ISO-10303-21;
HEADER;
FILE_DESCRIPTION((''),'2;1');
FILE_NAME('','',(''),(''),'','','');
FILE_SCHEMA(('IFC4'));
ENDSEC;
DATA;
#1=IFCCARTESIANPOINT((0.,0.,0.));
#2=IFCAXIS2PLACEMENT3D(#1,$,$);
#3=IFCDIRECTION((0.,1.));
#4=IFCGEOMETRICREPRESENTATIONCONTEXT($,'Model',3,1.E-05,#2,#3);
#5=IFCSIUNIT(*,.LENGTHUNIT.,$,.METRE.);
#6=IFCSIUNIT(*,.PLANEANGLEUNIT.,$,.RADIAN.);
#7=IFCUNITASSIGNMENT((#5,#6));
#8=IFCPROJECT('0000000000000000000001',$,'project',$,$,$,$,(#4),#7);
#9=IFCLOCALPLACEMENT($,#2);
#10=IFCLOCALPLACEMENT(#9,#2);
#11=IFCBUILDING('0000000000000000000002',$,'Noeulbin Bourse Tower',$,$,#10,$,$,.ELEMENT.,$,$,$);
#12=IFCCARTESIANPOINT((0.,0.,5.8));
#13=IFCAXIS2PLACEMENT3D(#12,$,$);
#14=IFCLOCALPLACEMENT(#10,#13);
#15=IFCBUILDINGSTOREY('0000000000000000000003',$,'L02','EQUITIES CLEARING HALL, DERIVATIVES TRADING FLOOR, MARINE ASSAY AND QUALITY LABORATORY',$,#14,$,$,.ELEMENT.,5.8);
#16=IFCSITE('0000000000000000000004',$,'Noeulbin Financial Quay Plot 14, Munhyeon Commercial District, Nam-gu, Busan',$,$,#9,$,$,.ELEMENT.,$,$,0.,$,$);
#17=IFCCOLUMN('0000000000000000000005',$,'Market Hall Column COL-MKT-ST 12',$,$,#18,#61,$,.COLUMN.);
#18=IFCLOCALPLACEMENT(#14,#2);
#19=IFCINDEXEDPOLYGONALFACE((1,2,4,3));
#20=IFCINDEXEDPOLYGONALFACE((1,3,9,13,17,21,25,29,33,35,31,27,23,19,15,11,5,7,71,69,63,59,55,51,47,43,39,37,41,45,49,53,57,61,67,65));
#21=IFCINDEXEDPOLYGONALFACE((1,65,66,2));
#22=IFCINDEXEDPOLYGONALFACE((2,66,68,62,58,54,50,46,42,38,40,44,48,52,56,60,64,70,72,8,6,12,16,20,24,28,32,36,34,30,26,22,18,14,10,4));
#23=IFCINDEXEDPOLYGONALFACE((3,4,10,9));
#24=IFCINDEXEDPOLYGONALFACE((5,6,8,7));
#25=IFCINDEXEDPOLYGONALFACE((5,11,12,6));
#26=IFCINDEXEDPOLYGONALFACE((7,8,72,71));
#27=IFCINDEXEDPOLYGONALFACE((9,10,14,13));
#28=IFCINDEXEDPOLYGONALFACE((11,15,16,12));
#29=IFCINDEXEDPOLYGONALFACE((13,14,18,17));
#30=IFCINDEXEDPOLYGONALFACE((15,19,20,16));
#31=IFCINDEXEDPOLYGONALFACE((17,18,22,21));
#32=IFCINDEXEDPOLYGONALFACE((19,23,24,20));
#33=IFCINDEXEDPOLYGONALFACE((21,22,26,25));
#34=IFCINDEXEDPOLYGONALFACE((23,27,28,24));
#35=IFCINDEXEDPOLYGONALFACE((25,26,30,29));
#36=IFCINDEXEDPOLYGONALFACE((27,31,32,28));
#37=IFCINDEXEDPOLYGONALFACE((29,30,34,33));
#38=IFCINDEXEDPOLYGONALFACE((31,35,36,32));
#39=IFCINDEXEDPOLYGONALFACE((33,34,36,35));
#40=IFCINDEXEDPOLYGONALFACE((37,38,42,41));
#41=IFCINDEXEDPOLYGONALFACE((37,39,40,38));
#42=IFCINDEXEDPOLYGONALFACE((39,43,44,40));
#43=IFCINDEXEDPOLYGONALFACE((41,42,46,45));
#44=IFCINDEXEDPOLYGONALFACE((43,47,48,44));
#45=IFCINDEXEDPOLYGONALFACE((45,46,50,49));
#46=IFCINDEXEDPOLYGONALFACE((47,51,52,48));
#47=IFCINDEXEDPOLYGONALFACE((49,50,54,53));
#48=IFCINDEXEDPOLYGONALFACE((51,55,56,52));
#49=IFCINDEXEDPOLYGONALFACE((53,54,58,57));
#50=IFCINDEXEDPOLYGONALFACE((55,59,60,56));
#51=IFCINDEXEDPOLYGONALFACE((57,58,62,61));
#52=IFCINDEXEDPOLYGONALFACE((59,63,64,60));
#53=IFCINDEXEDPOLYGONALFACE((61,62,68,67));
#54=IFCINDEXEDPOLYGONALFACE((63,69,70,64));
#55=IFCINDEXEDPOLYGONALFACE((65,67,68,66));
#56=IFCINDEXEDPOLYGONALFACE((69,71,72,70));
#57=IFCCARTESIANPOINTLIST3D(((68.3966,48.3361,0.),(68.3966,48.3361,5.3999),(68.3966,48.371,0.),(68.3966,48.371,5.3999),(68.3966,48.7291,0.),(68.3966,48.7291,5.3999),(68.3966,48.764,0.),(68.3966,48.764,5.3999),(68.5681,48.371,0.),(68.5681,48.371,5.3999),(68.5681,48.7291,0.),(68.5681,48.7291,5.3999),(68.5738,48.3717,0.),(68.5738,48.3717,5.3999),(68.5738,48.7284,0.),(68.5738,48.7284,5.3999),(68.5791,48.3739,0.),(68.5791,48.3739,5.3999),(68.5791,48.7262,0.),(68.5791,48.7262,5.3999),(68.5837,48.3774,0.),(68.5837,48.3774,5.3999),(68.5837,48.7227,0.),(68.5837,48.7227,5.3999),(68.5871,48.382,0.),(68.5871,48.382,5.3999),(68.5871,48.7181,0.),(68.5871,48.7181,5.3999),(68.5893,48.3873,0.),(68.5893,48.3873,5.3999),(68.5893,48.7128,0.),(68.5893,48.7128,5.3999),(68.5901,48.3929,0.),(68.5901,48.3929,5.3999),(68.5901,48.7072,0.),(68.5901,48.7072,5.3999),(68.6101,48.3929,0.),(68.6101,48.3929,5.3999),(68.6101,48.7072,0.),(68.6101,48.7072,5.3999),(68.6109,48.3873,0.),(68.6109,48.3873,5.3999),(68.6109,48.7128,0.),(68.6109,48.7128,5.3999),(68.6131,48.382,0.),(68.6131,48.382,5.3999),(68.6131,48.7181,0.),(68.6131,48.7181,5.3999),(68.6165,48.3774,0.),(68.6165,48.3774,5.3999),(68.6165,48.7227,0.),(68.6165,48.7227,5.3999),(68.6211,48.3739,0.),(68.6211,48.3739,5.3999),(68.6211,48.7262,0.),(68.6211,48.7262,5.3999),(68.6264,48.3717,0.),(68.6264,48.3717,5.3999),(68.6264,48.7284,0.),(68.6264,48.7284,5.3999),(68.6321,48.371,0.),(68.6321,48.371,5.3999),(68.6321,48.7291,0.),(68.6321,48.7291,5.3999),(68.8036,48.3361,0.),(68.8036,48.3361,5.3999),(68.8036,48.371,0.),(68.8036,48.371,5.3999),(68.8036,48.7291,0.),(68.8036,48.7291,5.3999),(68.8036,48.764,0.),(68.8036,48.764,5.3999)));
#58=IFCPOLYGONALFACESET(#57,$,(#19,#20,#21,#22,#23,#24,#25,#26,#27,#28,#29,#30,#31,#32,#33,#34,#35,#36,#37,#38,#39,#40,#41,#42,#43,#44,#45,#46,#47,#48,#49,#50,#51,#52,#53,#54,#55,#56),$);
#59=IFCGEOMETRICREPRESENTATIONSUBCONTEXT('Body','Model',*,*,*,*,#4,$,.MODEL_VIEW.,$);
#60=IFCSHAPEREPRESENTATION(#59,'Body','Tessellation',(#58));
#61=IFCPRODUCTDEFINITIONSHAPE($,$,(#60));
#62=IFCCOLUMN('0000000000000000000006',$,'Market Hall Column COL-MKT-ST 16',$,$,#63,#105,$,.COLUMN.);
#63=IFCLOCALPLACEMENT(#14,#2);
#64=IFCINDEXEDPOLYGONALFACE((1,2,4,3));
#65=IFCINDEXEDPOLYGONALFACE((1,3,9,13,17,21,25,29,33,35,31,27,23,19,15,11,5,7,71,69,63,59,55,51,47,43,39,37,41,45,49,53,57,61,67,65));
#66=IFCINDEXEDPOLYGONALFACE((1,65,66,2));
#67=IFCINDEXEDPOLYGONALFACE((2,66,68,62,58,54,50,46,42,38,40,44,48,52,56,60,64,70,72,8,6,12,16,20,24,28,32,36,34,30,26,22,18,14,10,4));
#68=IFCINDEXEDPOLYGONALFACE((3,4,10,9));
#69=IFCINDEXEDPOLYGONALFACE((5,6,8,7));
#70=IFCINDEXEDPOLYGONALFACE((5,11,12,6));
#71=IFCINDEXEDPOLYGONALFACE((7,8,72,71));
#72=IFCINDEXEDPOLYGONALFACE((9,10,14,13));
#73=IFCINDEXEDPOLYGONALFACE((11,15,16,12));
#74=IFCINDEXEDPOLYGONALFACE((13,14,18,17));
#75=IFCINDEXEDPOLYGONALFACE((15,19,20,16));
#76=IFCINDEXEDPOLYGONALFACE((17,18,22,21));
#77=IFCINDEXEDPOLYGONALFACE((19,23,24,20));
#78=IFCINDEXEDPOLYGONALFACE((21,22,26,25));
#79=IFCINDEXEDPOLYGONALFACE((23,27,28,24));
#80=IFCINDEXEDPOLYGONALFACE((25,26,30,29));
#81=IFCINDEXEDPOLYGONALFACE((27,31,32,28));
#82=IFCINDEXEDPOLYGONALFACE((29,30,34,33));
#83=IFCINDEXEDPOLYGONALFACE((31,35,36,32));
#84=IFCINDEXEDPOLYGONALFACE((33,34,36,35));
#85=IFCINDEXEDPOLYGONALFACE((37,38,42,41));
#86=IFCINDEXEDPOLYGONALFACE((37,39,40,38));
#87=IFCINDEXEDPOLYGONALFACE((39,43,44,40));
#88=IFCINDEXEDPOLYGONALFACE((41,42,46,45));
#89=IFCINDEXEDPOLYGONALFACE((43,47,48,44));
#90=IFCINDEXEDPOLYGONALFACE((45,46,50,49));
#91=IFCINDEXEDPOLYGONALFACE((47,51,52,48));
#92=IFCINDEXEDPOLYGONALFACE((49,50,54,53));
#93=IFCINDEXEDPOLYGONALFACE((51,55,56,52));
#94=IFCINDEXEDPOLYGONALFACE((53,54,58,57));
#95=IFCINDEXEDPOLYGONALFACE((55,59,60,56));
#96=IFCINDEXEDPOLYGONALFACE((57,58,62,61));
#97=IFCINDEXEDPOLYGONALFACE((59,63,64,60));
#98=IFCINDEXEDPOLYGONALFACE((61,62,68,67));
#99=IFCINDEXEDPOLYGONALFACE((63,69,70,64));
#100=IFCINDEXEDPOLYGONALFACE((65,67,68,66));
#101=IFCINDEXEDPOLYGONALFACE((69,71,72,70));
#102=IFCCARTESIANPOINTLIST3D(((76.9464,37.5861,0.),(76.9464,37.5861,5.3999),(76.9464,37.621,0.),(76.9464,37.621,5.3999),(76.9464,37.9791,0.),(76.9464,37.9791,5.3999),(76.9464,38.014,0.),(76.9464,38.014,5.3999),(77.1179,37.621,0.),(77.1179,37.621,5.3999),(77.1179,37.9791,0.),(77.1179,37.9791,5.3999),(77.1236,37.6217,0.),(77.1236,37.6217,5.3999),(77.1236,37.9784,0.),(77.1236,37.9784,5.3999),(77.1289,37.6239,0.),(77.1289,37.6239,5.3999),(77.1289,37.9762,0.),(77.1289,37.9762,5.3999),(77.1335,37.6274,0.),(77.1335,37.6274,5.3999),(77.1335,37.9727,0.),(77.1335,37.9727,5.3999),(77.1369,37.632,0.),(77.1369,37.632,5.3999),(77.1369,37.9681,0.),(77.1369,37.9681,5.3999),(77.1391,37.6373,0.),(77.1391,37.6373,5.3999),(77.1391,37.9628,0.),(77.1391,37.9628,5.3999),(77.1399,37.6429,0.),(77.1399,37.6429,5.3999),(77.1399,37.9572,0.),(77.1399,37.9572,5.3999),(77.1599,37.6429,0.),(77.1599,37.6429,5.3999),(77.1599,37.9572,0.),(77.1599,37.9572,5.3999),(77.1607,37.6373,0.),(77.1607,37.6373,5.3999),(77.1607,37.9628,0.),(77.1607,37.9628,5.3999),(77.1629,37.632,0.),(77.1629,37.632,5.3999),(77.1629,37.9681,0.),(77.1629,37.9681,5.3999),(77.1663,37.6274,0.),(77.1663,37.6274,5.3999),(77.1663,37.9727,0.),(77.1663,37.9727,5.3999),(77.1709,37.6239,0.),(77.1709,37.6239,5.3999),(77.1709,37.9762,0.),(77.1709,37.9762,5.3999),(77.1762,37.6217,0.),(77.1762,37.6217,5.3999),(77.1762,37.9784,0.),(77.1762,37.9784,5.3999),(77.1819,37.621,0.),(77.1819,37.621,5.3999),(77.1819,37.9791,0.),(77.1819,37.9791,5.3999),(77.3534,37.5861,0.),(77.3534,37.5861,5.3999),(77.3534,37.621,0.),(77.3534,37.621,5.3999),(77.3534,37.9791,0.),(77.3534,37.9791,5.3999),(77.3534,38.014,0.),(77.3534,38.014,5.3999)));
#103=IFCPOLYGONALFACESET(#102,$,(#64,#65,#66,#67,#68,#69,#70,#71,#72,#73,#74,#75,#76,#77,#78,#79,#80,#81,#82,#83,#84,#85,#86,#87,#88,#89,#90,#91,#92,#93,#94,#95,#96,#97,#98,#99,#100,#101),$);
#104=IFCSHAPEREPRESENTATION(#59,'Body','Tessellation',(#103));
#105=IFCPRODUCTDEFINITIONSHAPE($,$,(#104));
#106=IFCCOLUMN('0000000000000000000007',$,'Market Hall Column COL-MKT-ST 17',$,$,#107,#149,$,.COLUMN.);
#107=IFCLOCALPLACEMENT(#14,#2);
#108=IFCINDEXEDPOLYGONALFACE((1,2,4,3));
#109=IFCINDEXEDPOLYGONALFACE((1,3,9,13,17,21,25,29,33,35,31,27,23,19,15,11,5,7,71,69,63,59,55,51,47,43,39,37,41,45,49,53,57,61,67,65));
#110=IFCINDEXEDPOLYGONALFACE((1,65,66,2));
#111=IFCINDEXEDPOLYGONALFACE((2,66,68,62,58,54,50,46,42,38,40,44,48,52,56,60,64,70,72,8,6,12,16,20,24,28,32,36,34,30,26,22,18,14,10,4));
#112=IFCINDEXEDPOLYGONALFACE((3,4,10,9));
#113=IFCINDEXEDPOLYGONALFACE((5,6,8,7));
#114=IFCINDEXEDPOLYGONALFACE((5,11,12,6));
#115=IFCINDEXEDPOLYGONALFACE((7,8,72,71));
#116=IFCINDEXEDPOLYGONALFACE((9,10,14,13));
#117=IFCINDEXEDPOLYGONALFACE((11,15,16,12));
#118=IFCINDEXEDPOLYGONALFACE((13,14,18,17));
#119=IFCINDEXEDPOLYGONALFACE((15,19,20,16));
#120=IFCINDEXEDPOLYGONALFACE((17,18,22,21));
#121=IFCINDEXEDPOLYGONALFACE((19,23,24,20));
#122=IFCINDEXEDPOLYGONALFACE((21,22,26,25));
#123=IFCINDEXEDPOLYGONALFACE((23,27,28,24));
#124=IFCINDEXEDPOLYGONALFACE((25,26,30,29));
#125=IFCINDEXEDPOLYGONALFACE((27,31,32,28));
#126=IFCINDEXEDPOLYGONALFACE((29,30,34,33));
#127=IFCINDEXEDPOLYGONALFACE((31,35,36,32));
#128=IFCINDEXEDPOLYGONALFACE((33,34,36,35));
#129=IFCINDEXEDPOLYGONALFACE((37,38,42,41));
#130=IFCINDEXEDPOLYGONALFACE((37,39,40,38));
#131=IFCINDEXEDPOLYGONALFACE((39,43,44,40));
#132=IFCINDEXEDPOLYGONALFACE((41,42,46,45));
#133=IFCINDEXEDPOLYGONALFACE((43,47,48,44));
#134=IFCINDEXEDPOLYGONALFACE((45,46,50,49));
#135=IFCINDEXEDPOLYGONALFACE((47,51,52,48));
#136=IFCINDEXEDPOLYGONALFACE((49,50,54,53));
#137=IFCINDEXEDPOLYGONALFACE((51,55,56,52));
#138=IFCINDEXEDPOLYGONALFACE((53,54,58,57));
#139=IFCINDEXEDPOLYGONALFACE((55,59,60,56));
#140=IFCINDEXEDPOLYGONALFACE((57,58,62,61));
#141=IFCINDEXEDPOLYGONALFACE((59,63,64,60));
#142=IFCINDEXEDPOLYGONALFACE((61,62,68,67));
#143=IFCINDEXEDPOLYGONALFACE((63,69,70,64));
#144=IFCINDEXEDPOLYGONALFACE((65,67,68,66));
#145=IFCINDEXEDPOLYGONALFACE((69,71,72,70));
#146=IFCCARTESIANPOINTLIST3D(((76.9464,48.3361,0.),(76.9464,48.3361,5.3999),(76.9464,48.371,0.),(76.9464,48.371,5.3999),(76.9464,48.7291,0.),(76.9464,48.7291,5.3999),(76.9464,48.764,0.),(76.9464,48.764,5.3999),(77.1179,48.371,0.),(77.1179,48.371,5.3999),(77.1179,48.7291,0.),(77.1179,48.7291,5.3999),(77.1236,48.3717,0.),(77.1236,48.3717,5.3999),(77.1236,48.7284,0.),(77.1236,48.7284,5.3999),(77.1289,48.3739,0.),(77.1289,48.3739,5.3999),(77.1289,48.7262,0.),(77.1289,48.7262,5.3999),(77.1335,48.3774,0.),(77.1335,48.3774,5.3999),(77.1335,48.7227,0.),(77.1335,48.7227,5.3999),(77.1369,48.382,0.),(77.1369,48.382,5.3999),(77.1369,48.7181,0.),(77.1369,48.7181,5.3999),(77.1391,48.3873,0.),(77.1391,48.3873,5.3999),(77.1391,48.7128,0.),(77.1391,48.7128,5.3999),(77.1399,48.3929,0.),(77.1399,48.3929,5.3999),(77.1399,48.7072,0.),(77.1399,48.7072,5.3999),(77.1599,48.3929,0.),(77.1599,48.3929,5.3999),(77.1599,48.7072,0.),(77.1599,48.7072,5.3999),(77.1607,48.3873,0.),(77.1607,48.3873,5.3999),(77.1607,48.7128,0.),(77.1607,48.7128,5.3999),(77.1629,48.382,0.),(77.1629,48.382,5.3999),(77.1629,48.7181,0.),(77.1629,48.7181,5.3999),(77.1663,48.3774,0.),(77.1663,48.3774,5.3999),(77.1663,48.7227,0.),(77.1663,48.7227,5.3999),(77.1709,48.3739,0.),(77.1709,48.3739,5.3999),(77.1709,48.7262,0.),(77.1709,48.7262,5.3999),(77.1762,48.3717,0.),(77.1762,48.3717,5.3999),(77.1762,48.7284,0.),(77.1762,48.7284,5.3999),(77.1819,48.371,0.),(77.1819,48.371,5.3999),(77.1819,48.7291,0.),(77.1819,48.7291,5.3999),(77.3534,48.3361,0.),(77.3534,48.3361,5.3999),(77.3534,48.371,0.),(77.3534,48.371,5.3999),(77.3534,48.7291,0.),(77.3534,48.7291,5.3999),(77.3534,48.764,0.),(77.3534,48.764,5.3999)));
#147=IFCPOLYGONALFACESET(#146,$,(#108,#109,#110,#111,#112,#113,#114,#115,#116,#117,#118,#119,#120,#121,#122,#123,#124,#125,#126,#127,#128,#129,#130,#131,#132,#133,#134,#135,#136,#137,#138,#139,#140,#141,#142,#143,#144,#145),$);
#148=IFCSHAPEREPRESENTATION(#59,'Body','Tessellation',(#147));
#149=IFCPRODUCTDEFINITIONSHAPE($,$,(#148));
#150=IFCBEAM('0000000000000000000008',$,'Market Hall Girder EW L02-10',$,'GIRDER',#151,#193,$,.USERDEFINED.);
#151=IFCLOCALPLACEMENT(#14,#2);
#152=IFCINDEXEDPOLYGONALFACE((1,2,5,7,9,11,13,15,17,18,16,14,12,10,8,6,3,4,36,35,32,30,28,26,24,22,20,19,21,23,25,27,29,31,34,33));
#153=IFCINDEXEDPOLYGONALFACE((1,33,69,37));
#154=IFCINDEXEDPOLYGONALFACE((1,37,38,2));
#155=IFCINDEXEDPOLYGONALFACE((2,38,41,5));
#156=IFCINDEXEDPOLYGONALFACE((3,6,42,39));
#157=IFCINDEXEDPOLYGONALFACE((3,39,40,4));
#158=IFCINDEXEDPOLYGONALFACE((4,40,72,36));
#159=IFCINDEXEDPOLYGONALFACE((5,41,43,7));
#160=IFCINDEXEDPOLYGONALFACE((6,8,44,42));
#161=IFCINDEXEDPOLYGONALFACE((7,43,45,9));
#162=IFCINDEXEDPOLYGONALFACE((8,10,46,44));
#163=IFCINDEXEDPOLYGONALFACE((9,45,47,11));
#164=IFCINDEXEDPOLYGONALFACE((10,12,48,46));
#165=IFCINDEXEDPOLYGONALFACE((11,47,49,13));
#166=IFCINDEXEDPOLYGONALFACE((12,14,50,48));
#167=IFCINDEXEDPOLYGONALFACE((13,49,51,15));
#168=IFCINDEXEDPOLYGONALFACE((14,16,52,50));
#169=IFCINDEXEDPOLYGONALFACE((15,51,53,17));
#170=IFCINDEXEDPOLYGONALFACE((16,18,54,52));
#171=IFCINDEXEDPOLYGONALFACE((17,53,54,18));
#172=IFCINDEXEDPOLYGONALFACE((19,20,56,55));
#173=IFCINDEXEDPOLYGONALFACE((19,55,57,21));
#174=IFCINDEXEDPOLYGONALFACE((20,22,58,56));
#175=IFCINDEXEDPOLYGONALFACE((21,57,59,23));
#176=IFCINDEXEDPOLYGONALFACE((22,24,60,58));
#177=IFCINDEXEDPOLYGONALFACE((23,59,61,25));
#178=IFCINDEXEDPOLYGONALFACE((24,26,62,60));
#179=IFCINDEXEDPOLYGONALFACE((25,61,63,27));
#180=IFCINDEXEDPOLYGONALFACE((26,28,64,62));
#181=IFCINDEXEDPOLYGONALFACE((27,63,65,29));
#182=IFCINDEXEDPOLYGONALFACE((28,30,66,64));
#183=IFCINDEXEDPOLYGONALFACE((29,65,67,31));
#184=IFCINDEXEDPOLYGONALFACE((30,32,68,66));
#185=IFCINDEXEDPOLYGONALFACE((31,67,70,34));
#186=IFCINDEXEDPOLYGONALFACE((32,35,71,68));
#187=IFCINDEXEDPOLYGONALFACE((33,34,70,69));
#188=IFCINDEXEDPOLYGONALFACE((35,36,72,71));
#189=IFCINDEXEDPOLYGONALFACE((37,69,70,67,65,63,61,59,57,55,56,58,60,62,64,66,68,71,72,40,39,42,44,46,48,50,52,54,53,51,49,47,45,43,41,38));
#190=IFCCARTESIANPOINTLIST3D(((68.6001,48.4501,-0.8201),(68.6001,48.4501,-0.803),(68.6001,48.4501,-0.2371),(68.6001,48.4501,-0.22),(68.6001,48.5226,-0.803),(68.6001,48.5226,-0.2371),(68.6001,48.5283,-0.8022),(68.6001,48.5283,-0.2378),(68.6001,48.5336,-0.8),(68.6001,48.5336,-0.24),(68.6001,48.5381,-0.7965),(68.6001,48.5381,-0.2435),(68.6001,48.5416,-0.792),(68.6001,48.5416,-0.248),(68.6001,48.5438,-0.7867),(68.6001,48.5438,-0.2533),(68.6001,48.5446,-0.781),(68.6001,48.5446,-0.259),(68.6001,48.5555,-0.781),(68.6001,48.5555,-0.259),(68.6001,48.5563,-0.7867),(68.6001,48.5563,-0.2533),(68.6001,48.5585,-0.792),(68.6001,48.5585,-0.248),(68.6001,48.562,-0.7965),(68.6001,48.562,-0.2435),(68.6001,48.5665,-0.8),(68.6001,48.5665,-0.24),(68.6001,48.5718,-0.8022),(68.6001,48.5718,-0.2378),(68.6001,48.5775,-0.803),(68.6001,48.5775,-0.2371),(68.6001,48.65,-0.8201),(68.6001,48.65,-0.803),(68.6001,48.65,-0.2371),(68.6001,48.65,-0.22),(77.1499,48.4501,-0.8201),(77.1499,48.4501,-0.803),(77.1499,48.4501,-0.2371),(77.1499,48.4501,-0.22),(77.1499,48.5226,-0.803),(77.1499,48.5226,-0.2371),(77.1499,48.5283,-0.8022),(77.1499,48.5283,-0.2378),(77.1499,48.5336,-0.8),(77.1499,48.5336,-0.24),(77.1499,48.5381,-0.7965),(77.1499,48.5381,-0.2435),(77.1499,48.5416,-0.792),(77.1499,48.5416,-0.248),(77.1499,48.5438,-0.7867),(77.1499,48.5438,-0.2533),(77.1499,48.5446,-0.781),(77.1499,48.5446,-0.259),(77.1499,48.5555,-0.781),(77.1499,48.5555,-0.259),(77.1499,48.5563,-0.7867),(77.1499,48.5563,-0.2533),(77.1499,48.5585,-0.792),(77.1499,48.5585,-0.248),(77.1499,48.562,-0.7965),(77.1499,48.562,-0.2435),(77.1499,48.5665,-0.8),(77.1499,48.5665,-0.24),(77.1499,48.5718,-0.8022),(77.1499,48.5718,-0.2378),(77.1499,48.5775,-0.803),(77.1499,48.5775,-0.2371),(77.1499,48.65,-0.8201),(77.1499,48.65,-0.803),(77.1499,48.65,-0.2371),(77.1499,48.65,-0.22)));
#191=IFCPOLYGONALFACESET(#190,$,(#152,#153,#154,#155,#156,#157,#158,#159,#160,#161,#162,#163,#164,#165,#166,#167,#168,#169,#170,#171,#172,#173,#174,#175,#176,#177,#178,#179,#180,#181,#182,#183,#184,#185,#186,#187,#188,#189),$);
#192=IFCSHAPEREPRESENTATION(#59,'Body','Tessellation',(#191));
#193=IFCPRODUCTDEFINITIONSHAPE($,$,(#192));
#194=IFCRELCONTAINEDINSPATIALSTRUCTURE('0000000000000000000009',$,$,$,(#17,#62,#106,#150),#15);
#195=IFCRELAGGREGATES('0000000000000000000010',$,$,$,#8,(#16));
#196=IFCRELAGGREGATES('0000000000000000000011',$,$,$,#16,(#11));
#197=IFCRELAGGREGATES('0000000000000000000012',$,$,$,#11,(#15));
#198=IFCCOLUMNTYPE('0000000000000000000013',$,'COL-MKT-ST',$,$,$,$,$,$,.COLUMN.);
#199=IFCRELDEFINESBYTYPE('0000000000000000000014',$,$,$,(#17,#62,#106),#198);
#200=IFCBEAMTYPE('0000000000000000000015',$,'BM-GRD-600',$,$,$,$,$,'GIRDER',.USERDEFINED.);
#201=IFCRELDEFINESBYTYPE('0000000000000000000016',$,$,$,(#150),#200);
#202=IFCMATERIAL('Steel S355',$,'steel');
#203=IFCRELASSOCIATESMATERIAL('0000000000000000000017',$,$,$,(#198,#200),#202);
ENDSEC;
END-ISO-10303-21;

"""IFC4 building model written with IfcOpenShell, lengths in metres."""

from ifc_helpers import new_model, si_unit, direction, frame, origin, origin_2d, place, context, subcontext, project, spatial, i_section, extrude, material, material_profile, profile_set, type_object, element, save


model = new_model("IFC4")

# Units and contexts
model_context = context("Model", 3, precision=1e-05, world=origin(), true_north=direction((0.0, 1.0)))
body_context = subcontext(model_context, "Body", "Model", "MODEL_VIEW")
ifc_project = project(units=[si_unit("LENGTHUNIT", "METRE"), si_unit("PLANEANGLEUNIT", "RADIAN")], contexts=[model_context])

# Site, building, storey
site_placement = place(None, origin())
site = spatial("IfcSite", under=ifc_project, at=site_placement, Name="Noeulbin Financial Quay Plot 14, Munhyeon Commercial District, Nam-gu, Busan", CompositionType="ELEMENT", RefElevation=0.0)
building_placement = place(site_placement, origin())
building = spatial("IfcBuilding", under=site, at=building_placement, Name="Noeulbin Bourse Tower", CompositionType="ELEMENT")
storey_placement = place(building_placement, frame((0.0, 0.0, 5.8)))
storey = spatial("IfcBuildingStorey", under=building, at=storey_placement, Name="L02", Description="EQUITIES CLEARING HALL, DERIVATIVES TRADING FLOOR, MARINE ASSAY AND QUALITY LABORATORY", CompositionType="ELEMENT", Elevation=5.8)

# Columns
ifc_material_1 = material(Name="Steel S355", Category="steel")
ifc_material_profile_1 = material_profile(ifc_material_1, i_section(OverallWidth=0.407, OverallDepth=0.428, WebThickness=0.02, FlangeThickness=0.0349, FilletRadius=0.022, at=origin_2d()), Name="H-428x407x20x35", Category="LoadBearing")
ifc_profile_set_1 = profile_set([ifc_material_profile_1], Name="Steel S355")
column_type = type_object("IfcColumnType", Name="COL-MKT-ST", PredefinedType="COLUMN", material=ifc_profile_set_1)
for number, where, z_axis, x_axis, name in (
    (1, (68.6001, 48.55, 0.0), (0.0, 0.0, 1.0), (1.0, 0.0, 0.0), "Market Hall Column COL-MKT-ST 12"),
    (2, (77.1499, 37.8, 0.0), (0.0, 0.0, 1.0), (1.0, 0.0, 0.0), "Market Hall Column COL-MKT-ST 16"),
    (3, (77.1499, 48.55, 0.0), (0.0, 0.0, 1.0), (1.0, 0.0, 0.0), "Market Hall Column COL-MKT-ST 17"),
):
    element("IfcColumn", number, at=place(storey_placement, frame(where, z_axis=z_axis, x_axis=x_axis)), inside=storey, type_object=column_type, Name=name, PredefinedType="COLUMN", context=body_context, shape_type="SweptSolid", body=[
        extrude(i_section(OverallWidth=0.407, OverallDepth=0.428, WebThickness=0.02, FlangeThickness=0.0349, FilletRadius=0.022, at=origin_2d()), origin(), (0.0, 0.0, 1.0), 5.3999),
    ])

# Beam
ifc_material_profile_2 = material_profile(ifc_material_1, i_section(OverallWidth=0.2, OverallDepth=0.6001, WebThickness=0.011, FlangeThickness=0.0171, FilletRadius=0.022, at=origin_2d()), Name="H-600x200x11x17", Category="LoadBearing")
ifc_profile_set_2 = profile_set([ifc_material_profile_2], Name="Steel S355")
beam_type_1 = type_object("IfcBeamType", Name="BM-GRD-600", ElementType="GIRDER", PredefinedType="USERDEFINED", material=ifc_profile_set_2)
beam_1_placement = place(storey_placement, frame((68.6001, 48.55, -0.52), z_axis=(1.0, 0.0, 0.0), x_axis=(0.0, 1.0, 0.0)))
element("IfcBeam", 4, at=beam_1_placement, inside=storey, type_object=beam_type_1, Name="Market Hall Girder EW L02-10", ObjectType="GIRDER", PredefinedType="USERDEFINED", context=body_context, shape_type="SweptSolid", body=[
    extrude(i_section(OverallWidth=0.2, OverallDepth=0.6001, WebThickness=0.011, FlangeThickness=0.0171, FilletRadius=0.022, at=origin_2d()), origin(), (0.0, 0.0, 1.0), 8.5498),
])

save(model, "model.ifc")
